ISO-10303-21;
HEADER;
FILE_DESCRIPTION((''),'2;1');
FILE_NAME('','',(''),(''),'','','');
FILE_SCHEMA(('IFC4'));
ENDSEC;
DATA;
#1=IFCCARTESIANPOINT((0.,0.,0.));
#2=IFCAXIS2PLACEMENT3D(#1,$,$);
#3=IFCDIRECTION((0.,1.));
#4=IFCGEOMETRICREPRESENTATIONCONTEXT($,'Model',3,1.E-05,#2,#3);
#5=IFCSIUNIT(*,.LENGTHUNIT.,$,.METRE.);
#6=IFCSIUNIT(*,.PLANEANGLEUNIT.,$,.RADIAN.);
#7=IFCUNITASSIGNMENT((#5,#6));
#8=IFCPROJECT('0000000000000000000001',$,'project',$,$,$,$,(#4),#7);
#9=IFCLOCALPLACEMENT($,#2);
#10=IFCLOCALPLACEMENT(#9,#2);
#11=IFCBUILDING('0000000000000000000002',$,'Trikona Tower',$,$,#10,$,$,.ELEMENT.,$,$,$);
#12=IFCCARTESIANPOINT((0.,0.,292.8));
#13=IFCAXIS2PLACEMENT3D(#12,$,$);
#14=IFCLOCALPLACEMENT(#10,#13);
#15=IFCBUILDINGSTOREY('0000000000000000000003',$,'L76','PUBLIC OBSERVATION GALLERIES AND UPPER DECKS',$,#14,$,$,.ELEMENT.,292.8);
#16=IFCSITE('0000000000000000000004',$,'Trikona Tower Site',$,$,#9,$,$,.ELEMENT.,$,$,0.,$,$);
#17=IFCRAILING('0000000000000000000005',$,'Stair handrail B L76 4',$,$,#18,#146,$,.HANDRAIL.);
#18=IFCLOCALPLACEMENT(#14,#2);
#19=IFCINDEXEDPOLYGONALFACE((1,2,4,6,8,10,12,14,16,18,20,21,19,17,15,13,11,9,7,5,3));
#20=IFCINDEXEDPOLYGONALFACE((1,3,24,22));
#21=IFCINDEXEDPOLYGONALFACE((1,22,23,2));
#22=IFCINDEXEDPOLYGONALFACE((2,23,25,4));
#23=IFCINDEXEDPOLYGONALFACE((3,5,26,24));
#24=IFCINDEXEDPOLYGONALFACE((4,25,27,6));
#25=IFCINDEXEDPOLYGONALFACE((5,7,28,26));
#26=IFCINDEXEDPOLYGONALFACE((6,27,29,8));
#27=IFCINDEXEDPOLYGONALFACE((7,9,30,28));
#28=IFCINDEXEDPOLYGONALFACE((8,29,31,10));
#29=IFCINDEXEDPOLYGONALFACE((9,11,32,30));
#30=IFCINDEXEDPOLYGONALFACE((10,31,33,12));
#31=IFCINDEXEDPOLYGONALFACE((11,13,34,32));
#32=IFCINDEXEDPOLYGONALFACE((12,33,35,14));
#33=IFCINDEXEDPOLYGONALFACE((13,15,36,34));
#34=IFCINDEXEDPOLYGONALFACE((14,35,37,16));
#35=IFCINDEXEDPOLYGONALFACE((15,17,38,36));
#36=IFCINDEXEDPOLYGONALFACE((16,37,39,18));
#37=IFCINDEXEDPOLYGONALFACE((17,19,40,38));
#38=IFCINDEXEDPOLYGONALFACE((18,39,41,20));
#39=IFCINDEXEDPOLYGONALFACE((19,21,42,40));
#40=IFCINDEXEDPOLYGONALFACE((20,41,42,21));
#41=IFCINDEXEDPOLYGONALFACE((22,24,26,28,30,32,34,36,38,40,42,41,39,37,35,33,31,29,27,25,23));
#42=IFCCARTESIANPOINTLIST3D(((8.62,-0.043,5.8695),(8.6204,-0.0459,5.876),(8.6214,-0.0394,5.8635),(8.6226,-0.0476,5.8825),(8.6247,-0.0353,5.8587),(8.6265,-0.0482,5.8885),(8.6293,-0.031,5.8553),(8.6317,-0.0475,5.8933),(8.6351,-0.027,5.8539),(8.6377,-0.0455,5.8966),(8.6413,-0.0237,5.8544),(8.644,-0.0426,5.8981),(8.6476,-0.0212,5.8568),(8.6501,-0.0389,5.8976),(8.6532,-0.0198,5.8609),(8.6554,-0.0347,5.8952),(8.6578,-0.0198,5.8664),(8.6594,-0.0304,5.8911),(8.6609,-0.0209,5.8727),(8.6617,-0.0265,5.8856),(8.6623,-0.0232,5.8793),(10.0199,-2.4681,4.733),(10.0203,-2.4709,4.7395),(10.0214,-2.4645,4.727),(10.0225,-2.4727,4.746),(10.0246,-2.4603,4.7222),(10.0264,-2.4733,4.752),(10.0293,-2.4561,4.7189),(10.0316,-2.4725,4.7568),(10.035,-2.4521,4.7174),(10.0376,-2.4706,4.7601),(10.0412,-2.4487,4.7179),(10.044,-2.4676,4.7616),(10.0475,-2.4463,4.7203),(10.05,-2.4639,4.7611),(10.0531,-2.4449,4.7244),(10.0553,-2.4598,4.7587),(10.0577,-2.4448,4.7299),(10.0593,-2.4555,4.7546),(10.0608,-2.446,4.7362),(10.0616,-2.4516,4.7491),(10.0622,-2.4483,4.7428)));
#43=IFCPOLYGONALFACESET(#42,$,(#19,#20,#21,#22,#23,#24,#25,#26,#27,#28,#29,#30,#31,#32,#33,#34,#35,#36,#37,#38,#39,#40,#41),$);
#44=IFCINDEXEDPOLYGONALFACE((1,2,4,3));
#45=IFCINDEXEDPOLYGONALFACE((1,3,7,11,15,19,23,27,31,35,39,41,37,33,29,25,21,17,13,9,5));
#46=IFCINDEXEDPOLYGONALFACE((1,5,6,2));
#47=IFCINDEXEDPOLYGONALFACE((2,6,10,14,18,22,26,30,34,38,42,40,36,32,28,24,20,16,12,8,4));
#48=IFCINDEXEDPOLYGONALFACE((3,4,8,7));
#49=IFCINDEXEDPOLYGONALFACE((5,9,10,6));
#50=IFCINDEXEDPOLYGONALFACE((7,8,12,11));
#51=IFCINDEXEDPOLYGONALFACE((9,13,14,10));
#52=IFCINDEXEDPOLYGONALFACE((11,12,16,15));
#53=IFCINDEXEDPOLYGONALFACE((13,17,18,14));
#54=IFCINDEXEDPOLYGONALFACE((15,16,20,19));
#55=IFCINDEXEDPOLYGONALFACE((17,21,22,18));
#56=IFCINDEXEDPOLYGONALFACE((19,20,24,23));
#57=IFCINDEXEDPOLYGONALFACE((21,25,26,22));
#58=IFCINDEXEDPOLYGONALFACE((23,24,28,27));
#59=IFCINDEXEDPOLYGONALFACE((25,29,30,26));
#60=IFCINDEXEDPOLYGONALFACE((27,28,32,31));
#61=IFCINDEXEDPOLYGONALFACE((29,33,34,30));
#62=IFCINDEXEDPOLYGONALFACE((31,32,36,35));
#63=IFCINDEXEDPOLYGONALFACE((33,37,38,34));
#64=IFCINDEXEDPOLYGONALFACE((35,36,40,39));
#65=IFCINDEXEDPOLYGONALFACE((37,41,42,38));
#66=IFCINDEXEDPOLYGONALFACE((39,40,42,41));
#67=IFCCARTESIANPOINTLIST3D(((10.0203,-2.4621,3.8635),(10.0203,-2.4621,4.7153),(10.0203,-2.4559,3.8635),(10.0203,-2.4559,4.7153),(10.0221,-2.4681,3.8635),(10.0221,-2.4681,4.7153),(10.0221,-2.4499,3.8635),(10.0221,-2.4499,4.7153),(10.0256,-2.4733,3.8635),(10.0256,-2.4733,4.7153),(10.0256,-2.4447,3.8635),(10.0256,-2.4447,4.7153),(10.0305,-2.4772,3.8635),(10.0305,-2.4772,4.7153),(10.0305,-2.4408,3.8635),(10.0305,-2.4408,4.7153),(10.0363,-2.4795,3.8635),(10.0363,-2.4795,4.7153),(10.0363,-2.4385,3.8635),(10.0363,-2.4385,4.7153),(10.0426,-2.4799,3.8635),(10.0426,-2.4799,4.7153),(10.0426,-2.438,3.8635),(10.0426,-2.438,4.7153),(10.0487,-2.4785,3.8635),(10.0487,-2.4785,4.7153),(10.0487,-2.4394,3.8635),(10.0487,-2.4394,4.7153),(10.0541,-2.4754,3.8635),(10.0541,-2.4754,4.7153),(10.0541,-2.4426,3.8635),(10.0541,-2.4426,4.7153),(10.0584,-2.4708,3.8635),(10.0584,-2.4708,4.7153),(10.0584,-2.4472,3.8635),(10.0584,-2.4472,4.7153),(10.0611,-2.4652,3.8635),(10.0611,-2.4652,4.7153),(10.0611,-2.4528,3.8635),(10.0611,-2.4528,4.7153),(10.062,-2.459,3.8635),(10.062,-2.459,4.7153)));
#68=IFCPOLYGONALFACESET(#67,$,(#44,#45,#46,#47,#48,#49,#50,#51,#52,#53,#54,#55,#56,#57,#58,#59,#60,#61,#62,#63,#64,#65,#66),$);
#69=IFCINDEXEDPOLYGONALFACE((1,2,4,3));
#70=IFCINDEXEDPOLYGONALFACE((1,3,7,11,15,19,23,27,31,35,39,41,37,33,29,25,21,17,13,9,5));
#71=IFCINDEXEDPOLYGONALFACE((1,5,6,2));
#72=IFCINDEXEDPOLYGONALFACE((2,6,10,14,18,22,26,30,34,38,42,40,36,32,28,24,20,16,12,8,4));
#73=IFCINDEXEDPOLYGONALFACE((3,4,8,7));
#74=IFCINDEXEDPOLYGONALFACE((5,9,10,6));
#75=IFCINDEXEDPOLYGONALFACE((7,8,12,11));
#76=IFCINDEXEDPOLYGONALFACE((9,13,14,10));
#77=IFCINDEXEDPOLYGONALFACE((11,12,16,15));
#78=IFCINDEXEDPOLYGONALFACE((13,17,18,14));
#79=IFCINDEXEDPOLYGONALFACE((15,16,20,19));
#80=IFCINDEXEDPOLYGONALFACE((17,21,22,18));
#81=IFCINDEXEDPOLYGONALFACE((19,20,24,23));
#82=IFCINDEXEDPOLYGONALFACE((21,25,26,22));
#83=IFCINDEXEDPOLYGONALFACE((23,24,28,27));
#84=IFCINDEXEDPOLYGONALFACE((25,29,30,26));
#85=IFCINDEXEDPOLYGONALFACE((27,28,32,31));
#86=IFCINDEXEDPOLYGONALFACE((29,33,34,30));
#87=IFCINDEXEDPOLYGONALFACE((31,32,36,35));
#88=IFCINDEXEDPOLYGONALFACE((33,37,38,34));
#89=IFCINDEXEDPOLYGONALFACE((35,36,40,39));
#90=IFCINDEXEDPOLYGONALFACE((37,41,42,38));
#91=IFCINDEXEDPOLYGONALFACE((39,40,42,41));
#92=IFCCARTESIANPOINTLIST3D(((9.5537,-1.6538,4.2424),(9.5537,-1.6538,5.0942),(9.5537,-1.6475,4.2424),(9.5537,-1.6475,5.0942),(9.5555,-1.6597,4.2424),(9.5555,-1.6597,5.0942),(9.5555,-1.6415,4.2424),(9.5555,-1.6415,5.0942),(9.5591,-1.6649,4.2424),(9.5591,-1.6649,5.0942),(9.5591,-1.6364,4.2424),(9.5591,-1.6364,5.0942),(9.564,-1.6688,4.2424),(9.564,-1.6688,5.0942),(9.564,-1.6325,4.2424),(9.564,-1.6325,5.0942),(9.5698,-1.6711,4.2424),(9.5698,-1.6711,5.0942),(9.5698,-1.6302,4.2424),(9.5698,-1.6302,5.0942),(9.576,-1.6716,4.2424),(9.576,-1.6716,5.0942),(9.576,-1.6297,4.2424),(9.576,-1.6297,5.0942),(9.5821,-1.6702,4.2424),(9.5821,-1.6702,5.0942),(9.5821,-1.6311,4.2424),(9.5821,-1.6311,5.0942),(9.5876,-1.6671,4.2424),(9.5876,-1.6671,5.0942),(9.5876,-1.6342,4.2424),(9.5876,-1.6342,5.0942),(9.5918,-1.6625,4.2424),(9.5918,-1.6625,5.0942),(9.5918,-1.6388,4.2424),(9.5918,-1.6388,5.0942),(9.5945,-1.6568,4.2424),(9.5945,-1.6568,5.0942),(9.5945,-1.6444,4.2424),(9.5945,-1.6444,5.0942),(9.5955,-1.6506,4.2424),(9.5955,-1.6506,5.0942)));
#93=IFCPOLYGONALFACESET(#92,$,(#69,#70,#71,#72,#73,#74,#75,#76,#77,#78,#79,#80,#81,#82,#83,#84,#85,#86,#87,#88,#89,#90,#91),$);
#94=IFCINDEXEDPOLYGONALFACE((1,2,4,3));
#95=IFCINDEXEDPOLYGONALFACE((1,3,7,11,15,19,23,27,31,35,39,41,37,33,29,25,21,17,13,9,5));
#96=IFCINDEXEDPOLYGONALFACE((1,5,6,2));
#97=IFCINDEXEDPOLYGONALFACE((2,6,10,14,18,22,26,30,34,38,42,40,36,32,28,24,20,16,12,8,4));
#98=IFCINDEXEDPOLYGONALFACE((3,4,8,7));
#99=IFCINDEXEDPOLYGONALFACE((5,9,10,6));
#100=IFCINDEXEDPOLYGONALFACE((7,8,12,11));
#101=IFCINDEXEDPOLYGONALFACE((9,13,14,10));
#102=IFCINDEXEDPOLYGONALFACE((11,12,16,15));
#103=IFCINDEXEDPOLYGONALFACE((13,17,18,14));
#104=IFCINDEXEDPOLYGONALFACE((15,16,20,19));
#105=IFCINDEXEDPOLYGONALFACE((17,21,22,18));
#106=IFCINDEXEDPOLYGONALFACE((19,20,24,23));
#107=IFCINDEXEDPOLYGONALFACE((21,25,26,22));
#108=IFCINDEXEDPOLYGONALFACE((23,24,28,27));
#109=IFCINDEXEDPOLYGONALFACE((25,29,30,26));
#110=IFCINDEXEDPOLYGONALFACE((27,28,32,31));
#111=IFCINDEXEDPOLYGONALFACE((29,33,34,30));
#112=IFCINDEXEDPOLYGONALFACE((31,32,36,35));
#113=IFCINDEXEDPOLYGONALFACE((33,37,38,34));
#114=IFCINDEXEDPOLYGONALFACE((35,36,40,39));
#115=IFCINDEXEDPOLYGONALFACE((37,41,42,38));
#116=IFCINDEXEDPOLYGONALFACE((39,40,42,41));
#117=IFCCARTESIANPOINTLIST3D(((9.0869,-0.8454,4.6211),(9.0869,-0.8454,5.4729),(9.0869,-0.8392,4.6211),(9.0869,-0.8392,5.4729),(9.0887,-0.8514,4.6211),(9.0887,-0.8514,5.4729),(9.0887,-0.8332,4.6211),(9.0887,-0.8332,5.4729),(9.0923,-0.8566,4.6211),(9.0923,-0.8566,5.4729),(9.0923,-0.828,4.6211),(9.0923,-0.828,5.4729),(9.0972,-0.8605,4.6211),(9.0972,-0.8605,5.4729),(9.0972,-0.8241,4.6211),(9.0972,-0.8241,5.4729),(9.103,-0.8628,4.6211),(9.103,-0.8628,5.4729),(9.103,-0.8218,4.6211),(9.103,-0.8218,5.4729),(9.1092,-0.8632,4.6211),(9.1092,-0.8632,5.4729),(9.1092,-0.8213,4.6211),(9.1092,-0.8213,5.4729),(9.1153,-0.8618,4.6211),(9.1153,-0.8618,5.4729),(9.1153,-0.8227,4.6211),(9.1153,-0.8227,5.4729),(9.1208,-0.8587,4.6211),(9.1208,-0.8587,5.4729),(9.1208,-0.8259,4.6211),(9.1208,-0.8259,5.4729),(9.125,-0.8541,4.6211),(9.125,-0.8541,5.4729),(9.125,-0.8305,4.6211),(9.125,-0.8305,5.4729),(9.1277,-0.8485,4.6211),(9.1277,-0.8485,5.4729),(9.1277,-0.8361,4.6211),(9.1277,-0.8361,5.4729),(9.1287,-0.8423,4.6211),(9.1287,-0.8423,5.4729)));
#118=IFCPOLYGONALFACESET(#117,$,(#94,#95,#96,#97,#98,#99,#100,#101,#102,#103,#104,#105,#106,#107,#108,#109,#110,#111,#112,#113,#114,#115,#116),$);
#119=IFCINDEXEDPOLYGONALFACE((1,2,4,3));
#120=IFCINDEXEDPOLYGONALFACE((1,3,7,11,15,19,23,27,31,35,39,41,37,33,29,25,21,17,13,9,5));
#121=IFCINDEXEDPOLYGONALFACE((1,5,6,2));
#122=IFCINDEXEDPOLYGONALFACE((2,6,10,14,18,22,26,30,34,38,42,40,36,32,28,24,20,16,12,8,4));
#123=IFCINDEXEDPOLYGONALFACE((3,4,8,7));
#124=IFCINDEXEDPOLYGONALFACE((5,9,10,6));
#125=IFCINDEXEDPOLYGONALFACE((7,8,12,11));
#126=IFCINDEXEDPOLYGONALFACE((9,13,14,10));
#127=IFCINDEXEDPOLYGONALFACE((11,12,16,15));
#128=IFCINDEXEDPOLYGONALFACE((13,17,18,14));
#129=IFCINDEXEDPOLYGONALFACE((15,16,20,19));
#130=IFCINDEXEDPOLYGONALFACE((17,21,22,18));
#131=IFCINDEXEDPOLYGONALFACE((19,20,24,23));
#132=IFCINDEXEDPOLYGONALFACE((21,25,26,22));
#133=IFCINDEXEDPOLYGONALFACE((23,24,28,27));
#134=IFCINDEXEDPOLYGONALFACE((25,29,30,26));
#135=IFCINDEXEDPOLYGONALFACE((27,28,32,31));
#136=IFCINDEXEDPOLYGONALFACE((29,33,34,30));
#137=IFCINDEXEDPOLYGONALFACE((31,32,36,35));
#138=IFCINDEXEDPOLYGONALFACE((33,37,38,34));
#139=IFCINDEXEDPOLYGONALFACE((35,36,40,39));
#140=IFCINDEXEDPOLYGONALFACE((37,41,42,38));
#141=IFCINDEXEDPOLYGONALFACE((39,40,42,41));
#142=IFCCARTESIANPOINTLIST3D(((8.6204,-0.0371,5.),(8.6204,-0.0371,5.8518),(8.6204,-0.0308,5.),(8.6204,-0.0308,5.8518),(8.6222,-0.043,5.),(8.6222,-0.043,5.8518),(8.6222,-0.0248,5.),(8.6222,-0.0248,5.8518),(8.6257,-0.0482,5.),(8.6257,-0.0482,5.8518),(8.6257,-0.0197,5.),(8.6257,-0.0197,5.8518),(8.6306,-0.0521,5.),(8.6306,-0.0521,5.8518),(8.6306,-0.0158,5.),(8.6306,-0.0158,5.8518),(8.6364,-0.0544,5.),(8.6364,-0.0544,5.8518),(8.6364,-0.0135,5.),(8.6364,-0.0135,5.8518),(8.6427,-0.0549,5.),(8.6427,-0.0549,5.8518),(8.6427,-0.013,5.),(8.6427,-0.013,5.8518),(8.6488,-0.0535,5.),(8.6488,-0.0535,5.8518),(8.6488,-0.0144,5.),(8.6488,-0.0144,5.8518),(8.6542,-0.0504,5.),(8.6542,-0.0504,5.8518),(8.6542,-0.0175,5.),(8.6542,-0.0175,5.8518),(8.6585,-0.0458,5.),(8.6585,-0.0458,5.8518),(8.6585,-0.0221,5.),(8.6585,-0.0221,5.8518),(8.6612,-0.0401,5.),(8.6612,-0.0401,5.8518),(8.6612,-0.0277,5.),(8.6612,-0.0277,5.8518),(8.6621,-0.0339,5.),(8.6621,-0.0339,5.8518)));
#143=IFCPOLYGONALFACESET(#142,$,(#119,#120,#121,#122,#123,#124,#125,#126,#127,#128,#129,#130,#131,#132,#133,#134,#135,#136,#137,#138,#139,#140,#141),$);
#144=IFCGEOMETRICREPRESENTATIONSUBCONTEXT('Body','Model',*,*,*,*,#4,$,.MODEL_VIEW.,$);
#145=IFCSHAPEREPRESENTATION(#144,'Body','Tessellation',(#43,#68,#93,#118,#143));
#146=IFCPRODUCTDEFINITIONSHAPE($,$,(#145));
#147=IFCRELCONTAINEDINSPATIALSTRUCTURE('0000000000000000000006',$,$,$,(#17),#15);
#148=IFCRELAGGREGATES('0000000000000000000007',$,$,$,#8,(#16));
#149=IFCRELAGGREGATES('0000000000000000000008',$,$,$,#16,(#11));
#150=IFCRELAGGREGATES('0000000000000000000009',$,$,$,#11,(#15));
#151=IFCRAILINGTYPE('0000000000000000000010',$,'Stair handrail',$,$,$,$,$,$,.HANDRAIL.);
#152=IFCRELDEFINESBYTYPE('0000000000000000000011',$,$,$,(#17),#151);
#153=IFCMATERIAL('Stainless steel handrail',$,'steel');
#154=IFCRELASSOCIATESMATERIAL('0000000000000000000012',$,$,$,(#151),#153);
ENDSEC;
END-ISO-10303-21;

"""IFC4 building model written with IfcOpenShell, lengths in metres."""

from ifc_helpers import new_model, si_unit, direction, frame, origin, origin_2d, place, context, subcontext, project, spatial, circle, extrude, material, type_object, element, save


model = new_model("IFC4")

# Units and contexts
model_context = context("Model", 3, precision=1e-05, world=origin(), true_north=direction((0.0, 1.0)))
body_context = subcontext(model_context, "Body", "Model", "MODEL_VIEW")
ifc_project = project(units=[si_unit("LENGTHUNIT", "METRE"), si_unit("PLANEANGLEUNIT", "RADIAN")], contexts=[model_context])

# Site, building, storey
site_placement = place(None, origin())
site = spatial("IfcSite", under=ifc_project, at=site_placement, Name="Trikona Tower Site", CompositionType="ELEMENT", RefElevation=0.0)
building_placement = place(site_placement, origin())
building = spatial("IfcBuilding", under=site, at=building_placement, Name="Trikona Tower", CompositionType="ELEMENT")
storey_placement = place(building_placement, frame((0.0, 0.0, 292.8)))
storey = spatial("IfcBuildingStorey", under=building, at=storey_placement, Name="L76", Description="PUBLIC OBSERVATION GALLERIES AND UPPER DECKS", CompositionType="ELEMENT", Elevation=292.8)

# Railing
ifc_material_1 = material(Name="Stainless steel handrail", Category="steel")
railing_type = type_object("IfcRailingType", Name="Stair handrail", PredefinedType="HANDRAIL", material=ifc_material_1)
for number, where, name in (
    (1, (10.041, -2.459, 3.8635), "Stair handrail B L76 4"),
):
    element("IfcRailing", number, at=place(storey_placement, frame(where)), inside=storey, type_object=railing_type, Name=name, PredefinedType="HANDRAIL", context=body_context, shape_type="SweptSolid", body=[
        extrude(circle(Radius=0.0239, at=origin_2d()), frame((0.0, 0.0, 0.876), z_axis=(-0.463245, 0.802479, 0.376074), x_axis=(-0.866056, -0.499946, 0.0)), (0.0, 0.0, 1.0), 3.022),
        extrude(circle(Radius=0.021, at=origin_2d()), origin(), (0.0, 0.0, 1.0), 0.8518),
        extrude(circle(Radius=0.021, at=origin_2d()), frame((-0.4666, 0.8083, 0.3789)), (0.0, 0.0, 1.0), 0.8518),
        extrude(circle(Radius=0.021, at=origin_2d()), frame((-0.9333, 1.6167, 0.7576)), (0.0, 0.0, 1.0), 0.8518),
        extrude(circle(Radius=0.021, at=origin_2d()), frame((-1.3999, 2.425, 1.1365)), (0.0, 0.0, 1.0), 0.8518),
    ])

save(model, "model.ifc")
